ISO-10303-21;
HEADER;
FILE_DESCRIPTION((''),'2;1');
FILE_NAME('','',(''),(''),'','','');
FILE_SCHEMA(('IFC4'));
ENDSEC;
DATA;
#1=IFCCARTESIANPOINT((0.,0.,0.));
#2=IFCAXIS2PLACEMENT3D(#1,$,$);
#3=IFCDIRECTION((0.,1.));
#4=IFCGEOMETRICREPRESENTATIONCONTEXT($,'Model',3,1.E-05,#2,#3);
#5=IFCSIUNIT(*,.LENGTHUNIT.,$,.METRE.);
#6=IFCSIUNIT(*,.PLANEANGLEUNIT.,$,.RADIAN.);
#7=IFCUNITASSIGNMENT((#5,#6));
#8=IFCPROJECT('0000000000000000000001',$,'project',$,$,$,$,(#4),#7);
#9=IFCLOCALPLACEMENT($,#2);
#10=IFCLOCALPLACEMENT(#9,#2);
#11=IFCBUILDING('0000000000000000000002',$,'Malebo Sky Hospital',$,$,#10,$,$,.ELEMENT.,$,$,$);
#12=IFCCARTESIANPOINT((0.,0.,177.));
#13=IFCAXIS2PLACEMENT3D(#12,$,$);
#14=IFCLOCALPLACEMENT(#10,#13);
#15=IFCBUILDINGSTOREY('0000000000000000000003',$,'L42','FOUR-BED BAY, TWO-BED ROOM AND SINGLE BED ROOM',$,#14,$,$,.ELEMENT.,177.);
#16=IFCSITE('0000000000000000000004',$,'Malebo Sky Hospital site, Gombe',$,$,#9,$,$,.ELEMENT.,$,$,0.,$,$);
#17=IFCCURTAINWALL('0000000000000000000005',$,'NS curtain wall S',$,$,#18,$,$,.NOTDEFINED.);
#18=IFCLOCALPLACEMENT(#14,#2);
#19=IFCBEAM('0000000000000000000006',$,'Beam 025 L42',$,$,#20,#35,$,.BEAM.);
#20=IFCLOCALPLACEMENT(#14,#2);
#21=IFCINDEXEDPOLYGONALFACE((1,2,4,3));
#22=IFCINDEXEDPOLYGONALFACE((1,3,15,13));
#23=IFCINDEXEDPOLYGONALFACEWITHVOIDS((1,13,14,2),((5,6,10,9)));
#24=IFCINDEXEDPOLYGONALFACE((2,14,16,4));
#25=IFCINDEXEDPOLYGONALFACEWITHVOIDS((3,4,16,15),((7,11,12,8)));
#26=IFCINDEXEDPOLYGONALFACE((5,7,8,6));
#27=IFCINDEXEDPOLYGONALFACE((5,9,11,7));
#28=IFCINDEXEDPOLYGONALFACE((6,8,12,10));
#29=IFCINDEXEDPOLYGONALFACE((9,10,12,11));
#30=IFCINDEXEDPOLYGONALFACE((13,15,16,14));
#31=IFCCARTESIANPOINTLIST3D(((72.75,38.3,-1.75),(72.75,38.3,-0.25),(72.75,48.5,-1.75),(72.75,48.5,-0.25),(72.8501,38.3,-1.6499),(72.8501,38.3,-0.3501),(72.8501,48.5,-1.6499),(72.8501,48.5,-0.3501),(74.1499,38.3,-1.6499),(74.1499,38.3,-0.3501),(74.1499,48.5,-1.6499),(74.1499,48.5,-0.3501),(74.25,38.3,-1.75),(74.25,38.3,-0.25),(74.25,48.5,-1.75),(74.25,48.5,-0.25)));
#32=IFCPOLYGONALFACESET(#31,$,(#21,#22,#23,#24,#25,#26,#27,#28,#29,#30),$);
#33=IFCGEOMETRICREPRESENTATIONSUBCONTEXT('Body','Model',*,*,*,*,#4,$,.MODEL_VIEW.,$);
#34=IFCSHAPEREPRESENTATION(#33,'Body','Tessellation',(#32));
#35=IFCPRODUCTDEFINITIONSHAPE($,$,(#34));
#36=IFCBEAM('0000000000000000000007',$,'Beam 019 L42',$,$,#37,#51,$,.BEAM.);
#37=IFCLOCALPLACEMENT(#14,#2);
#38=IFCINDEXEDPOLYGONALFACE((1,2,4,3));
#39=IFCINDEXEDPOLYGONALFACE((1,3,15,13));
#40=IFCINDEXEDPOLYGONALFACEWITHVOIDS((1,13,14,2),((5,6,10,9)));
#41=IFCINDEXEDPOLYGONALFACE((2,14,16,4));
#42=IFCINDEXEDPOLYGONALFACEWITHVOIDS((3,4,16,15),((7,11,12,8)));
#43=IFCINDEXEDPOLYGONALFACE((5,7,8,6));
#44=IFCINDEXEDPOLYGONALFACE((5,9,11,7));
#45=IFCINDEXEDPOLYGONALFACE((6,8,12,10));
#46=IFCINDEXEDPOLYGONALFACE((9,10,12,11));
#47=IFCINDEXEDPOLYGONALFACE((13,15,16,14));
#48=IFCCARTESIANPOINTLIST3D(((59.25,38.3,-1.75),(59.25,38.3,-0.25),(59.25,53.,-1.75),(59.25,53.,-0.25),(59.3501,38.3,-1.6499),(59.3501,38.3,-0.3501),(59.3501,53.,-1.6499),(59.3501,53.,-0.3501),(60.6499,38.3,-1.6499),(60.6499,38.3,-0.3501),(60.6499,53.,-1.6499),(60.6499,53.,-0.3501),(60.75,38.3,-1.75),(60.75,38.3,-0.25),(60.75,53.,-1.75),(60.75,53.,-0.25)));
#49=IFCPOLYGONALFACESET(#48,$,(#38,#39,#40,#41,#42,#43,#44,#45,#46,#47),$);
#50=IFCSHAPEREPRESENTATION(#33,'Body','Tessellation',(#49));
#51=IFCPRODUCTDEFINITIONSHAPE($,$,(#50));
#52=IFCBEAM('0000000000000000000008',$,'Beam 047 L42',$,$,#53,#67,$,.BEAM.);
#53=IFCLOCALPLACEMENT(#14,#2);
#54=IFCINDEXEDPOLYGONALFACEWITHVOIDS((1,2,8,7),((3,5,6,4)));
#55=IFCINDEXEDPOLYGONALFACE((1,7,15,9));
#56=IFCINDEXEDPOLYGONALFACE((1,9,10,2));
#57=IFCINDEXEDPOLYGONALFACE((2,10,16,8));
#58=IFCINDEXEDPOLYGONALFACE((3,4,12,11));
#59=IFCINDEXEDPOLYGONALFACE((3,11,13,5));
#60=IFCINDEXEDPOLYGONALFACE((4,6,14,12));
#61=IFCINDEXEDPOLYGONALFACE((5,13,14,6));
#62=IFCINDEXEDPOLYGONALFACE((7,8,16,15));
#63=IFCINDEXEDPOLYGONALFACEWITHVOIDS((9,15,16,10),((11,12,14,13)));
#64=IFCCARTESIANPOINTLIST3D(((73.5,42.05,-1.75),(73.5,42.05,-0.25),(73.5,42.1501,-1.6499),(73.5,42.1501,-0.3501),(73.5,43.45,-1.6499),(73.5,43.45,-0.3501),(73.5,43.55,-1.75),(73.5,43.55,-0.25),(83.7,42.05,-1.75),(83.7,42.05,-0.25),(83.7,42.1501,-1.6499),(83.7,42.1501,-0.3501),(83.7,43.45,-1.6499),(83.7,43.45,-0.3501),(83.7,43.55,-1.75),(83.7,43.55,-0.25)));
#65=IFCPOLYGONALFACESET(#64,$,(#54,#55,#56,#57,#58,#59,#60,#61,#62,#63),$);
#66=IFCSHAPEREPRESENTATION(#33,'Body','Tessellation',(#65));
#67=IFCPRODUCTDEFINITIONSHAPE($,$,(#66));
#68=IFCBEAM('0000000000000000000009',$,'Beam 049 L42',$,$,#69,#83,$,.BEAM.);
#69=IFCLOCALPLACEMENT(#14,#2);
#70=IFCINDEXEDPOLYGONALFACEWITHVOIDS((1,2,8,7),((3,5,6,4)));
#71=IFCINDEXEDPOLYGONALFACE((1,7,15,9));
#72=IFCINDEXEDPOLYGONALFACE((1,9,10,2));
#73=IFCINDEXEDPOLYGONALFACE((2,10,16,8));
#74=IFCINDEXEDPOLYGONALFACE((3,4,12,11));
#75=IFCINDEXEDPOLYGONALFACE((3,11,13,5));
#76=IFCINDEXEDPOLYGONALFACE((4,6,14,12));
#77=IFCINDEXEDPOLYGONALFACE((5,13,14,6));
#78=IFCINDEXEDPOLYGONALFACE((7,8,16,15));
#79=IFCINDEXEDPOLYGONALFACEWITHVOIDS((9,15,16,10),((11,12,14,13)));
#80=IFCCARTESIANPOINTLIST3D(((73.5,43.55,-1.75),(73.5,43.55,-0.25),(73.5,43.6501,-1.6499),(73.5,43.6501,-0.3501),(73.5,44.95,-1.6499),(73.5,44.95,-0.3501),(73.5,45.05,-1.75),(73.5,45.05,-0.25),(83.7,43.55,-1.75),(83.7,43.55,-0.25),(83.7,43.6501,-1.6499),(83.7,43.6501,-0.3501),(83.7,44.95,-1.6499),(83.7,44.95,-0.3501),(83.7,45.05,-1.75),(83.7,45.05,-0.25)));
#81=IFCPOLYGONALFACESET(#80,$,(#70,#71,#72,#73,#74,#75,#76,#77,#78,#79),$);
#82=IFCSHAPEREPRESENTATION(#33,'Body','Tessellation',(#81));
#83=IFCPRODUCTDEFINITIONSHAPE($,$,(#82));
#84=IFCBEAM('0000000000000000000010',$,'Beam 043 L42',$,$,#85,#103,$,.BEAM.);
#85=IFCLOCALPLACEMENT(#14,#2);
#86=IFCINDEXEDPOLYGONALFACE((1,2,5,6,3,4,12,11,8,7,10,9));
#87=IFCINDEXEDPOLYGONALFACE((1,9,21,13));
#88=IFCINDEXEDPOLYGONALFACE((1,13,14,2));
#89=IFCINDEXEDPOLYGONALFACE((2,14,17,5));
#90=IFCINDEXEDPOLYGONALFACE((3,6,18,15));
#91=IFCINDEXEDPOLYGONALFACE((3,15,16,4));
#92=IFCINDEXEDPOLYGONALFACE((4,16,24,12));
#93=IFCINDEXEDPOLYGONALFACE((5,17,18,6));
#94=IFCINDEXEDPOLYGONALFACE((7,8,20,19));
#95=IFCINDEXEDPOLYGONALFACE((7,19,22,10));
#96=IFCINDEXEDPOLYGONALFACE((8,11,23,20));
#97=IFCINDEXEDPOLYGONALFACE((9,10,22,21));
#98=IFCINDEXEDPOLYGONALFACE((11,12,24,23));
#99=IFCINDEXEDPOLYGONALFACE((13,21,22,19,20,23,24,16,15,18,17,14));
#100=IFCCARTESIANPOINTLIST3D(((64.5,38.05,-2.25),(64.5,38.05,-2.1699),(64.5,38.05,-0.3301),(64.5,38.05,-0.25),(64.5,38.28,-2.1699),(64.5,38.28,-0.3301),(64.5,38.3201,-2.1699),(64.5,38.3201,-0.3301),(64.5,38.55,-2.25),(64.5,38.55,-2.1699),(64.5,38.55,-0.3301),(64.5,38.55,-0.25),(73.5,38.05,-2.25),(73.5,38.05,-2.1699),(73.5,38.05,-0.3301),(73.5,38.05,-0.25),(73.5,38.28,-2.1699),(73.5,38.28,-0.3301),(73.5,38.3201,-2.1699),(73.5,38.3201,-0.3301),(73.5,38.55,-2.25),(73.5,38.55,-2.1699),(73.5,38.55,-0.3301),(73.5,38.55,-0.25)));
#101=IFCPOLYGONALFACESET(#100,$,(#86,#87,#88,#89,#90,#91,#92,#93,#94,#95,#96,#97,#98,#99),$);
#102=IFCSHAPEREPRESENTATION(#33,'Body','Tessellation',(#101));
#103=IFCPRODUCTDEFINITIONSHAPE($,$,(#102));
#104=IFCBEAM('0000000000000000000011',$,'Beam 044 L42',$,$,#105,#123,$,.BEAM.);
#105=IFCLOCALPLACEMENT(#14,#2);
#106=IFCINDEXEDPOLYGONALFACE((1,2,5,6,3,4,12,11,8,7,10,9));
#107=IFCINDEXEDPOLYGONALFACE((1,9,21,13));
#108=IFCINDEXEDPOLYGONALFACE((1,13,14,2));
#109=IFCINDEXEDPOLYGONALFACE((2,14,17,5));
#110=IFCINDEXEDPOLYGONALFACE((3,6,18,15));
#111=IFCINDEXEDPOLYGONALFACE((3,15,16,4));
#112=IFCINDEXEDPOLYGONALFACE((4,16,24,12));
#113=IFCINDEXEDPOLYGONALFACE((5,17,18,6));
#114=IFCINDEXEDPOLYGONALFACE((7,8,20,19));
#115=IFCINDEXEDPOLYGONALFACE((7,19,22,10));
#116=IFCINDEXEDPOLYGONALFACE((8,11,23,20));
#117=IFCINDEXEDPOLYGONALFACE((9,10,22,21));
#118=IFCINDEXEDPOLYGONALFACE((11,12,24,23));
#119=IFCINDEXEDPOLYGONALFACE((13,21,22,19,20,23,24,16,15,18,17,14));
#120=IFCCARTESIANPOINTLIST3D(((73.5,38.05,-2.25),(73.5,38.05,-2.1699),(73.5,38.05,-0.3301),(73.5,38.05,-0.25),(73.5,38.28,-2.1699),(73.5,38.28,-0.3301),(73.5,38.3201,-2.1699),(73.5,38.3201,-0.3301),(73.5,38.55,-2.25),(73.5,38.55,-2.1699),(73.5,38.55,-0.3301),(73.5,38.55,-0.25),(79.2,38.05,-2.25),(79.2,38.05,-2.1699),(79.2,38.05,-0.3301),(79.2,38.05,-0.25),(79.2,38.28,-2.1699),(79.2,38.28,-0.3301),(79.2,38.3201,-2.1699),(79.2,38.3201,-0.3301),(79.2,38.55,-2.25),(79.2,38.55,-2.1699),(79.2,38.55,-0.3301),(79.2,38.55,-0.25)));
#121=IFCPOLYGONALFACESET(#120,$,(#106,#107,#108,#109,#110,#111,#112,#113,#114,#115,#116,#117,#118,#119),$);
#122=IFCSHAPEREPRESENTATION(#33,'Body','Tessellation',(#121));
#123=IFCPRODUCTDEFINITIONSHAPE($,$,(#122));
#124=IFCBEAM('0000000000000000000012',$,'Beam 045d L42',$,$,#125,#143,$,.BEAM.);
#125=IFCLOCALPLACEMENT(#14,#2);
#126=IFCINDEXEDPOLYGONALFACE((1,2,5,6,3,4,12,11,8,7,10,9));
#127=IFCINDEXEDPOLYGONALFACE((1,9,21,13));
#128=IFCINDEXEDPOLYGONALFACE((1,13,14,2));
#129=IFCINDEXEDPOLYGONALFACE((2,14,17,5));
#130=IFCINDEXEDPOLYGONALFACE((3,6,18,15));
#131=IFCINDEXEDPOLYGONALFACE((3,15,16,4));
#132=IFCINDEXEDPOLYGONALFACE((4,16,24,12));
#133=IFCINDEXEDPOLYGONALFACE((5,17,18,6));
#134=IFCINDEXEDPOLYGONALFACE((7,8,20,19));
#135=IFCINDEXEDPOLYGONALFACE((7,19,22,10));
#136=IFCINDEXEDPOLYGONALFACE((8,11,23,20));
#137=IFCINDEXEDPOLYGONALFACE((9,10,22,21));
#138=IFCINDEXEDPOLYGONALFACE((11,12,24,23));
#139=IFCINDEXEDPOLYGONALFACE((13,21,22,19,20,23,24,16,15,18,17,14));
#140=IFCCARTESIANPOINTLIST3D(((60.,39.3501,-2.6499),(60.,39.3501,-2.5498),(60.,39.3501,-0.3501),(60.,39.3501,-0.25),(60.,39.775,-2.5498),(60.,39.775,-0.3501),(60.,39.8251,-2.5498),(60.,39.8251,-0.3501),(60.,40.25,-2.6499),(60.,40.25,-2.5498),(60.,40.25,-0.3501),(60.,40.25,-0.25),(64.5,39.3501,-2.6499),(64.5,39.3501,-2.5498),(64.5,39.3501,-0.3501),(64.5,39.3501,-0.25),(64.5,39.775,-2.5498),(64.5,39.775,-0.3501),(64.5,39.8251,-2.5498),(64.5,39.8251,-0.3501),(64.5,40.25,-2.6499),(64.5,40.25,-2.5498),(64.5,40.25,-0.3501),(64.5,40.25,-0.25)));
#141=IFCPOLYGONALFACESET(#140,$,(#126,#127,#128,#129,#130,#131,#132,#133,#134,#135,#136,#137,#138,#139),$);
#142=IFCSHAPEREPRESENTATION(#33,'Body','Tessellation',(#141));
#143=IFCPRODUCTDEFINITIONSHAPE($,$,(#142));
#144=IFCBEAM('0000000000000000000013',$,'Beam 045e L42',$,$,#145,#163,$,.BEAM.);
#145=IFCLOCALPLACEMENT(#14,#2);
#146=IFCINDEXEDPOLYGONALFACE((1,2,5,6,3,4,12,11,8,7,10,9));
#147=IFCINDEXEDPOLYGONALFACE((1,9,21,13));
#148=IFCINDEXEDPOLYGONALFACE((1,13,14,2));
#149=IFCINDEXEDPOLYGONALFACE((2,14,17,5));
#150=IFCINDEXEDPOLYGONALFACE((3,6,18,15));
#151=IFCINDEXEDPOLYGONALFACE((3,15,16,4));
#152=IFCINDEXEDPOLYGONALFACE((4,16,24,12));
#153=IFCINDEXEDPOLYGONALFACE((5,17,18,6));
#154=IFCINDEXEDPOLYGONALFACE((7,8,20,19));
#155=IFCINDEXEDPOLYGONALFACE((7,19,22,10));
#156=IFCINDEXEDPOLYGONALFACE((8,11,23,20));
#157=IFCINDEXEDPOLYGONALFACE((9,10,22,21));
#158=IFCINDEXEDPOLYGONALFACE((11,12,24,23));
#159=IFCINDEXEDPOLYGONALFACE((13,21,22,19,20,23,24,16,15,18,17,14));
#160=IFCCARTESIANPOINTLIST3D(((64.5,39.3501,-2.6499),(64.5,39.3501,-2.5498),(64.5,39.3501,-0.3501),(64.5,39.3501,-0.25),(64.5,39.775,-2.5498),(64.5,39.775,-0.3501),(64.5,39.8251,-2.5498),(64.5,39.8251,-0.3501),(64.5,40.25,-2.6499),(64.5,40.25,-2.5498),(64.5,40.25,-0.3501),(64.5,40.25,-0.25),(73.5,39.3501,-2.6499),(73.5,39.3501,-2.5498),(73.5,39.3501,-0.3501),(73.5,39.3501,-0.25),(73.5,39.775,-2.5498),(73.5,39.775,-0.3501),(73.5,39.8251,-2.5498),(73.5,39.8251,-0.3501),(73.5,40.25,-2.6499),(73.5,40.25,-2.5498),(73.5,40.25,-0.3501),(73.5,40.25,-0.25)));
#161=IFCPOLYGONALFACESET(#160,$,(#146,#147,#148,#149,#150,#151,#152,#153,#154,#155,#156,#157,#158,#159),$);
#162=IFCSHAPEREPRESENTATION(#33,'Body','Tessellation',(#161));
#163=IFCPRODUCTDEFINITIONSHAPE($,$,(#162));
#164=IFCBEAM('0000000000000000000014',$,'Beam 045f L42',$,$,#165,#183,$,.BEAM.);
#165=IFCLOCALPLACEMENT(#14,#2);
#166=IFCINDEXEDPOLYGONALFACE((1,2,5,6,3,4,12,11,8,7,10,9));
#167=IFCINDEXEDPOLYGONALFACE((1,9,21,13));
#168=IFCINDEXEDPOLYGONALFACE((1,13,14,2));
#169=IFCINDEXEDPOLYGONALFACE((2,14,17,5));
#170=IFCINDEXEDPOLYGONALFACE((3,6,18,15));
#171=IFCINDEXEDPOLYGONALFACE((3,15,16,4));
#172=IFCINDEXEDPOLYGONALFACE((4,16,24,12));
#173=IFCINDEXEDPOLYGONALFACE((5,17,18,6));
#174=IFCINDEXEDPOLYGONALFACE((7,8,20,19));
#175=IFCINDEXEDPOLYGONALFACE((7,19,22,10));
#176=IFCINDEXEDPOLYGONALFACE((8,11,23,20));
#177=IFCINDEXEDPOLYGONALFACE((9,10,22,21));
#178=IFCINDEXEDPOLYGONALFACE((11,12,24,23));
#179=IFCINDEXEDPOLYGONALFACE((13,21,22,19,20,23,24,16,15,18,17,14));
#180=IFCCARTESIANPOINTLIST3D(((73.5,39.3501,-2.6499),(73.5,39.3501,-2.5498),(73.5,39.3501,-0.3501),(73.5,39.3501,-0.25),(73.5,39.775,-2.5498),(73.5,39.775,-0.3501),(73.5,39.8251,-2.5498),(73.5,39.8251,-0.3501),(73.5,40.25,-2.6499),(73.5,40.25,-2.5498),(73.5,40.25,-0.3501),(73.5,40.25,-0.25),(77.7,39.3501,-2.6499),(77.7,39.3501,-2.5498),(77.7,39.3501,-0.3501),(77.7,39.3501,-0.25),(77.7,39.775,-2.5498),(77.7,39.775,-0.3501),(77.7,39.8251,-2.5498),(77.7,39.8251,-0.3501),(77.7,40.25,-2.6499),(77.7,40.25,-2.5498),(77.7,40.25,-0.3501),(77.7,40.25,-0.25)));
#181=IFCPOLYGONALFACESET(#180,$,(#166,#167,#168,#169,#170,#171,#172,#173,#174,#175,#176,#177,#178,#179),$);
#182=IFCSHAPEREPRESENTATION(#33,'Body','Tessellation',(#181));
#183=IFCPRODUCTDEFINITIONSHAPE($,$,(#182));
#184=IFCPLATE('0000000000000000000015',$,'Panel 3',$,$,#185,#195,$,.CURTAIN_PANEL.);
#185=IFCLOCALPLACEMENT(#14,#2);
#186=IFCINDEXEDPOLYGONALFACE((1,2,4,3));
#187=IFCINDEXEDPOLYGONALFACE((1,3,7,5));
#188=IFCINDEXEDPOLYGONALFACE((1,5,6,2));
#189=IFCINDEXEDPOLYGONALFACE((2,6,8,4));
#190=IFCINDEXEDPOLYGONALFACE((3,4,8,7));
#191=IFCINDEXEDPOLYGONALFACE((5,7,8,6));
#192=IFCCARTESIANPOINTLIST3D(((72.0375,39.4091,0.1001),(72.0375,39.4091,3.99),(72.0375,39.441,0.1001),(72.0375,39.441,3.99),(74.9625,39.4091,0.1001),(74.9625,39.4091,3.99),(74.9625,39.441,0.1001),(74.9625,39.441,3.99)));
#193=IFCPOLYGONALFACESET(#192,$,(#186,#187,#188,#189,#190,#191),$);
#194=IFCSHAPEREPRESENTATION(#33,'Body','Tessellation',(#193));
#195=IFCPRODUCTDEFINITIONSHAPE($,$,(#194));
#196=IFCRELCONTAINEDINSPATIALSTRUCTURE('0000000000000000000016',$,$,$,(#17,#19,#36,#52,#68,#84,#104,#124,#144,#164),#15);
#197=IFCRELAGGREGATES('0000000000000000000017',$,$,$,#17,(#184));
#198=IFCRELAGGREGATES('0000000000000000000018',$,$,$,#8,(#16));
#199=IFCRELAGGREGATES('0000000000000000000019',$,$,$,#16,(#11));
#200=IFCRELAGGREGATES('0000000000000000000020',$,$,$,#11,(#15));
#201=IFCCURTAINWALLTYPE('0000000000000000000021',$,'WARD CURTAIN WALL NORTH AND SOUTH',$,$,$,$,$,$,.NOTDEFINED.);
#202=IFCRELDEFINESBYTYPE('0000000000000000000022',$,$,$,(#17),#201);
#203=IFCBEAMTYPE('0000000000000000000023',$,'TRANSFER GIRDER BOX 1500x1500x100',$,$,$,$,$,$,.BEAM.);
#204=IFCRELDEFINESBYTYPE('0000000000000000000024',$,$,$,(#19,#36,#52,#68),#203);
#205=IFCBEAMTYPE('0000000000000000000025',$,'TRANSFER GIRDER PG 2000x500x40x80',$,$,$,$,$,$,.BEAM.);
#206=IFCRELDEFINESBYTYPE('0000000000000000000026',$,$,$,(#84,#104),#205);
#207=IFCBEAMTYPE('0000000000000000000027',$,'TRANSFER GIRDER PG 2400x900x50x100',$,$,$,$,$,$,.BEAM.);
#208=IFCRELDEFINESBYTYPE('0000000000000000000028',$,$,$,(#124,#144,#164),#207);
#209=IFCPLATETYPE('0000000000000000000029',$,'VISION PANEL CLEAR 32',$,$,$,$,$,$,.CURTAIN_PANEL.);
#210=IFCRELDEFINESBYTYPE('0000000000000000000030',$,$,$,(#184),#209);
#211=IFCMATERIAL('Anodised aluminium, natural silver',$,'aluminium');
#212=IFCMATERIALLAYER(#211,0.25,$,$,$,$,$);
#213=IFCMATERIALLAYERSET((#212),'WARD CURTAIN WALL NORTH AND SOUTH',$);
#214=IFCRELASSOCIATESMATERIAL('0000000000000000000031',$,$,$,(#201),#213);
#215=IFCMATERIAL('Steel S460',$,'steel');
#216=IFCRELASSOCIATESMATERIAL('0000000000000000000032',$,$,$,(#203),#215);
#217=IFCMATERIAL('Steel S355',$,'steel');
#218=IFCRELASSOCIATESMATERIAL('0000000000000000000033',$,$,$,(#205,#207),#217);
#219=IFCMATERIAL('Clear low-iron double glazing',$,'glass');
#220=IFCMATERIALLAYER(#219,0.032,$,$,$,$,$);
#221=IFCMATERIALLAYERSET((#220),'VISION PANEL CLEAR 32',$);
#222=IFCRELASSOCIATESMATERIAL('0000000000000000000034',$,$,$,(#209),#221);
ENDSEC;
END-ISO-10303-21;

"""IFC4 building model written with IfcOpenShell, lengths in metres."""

from ifc_helpers import new_model, si_unit, direction, frame, origin, origin_2d, place, context, subcontext, project, spatial, rectangle, hollow_rectangle, i_section, extrude, material, layer, layer_set, material_profile, profile_set, type_object, element, aggregate, save


model = new_model("IFC4")

# Units and contexts
model_context = context("Model", 3, precision=1e-05, world=origin(), true_north=direction((0.0, 1.0)))
body_context = subcontext(model_context, "Body", "Model", "MODEL_VIEW")
ifc_project = project(units=[si_unit("LENGTHUNIT", "METRE"), si_unit("PLANEANGLEUNIT", "RADIAN")], contexts=[model_context])

# Site, building, storey
site_placement = place(None, origin())
site = spatial("IfcSite", under=ifc_project, at=site_placement, Name="Malebo Sky Hospital site, Gombe", CompositionType="ELEMENT", RefElevation=0.0)
building_placement = place(site_placement, origin())
building = spatial("IfcBuilding", under=site, at=building_placement, Name="Malebo Sky Hospital", CompositionType="ELEMENT")
storey_placement = place(building_placement, frame((0.0, 0.0, 177.0)))
storey = spatial("IfcBuildingStorey", under=building, at=storey_placement, Name="L42", Description="FOUR-BED BAY, TWO-BED ROOM AND SINGLE BED ROOM", CompositionType="ELEMENT", Elevation=177.0)

# Shared definitions
ifc_material_1 = material(Name="Steel S460", Category="steel")

# Curtain wall
ifc_material_2 = material(Name="Anodised aluminium, natural silver", Category="aluminium")
ifc_layer_1 = layer(ifc_material_2, 0.25)
ifc_layer_set_1 = layer_set([ifc_layer_1], Name="WARD CURTAIN WALL NORTH AND SOUTH")
curtain_wall_type = type_object("IfcCurtainWallType", Name="WARD CURTAIN WALL NORTH AND SOUTH", PredefinedType="NOTDEFINED", material=ifc_layer_set_1)
curtain_wall_placement = place(storey_placement, origin())
curtain_wall = element("IfcCurtainWall", 1, at=curtain_wall_placement, inside=storey, type_object=curtain_wall_type, Name="NS curtain wall S", PredefinedType="NOTDEFINED")

# Beams
ifc_material_profile_1 = material_profile(ifc_material_1, hollow_rectangle(XDim=1.5, YDim=1.5, WallThickness=0.1001, at=origin_2d()), Name="BOX 1500x1500x100")
ifc_profile_set_1 = profile_set([ifc_material_profile_1], Name="Steel S460")
beam_type_1 = type_object("IfcBeamType", Name="TRANSFER GIRDER BOX 1500x1500x100", PredefinedType="BEAM", material=ifc_profile_set_1)
for number, where, z_axis, x_axis, name in (
    (2, (73.5, 38.3, -1.0), (0.0, 1.0, 0.0), (-1.0, 0.0, 0.0), "Beam 025 L42"),
):
    element("IfcBeam", number, at=place(storey_placement, frame(where, z_axis=z_axis, x_axis=x_axis)), inside=storey, type_object=beam_type_1, Name=name, PredefinedType="BEAM", context=body_context, shape_type="SweptSolid", body=[
        extrude(hollow_rectangle(XDim=1.5, YDim=1.5, WallThickness=0.1001, at=origin_2d()), origin(), (0.0, 0.0, 1.0), 10.2),
    ])
beam_1_placement = place(storey_placement, frame((60.0, 38.3, -1.0), z_axis=(0.0, 1.0, 0.0), x_axis=(-1.0, 0.0, 0.0)))
element("IfcBeam", 3, at=beam_1_placement, inside=storey, type_object=beam_type_1, Name="Beam 019 L42", PredefinedType="BEAM", context=body_context, shape_type="SweptSolid", body=[
    extrude(hollow_rectangle(XDim=1.5, YDim=1.5, WallThickness=0.1001, at=origin_2d()), origin(), (0.0, 0.0, 1.0), 14.7),
])
for number, where, z_axis, x_axis, name in (
    (4, (73.5, 42.8, -1.0), (1.0, 0.0, 0.0), (0.0, 1.0, 0.0), "Beam 047 L42"),
    (5, (73.5, 44.3, -1.0), (1.0, 0.0, 0.0), (0.0, 1.0, 0.0), "Beam 049 L42"),
):
    element("IfcBeam", number, at=place(storey_placement, frame(where, z_axis=z_axis, x_axis=x_axis)), inside=storey, type_object=beam_type_1, Name=name, PredefinedType="BEAM", context=body_context, shape_type="SweptSolid", body=[
        extrude(hollow_rectangle(XDim=1.5, YDim=1.5, WallThickness=0.1001, at=origin_2d()), origin(), (0.0, 0.0, 1.0), 10.2),
    ])
ifc_material_3 = material(Name="Steel S355", Category="steel")
ifc_material_profile_2 = material_profile(ifc_material_3, i_section(OverallWidth=0.5, OverallDepth=2.0, WebThickness=0.04, FlangeThickness=0.0801, at=origin_2d()), Name="PG 2000x500x40x80")
ifc_profile_set_2 = profile_set([ifc_material_profile_2], Name="Steel S355")
beam_type_2 = type_object("IfcBeamType", Name="TRANSFER GIRDER PG 2000x500x40x80", PredefinedType="BEAM", material=ifc_profile_set_2)
beam_2_placement = place(storey_placement, frame((64.5, 38.3, -1.25), z_axis=(1.0, 0.0, 0.0), x_axis=(0.0, 1.0, 0.0)))
element("IfcBeam", 6, at=beam_2_placement, inside=storey, type_object=beam_type_2, Name="Beam 043 L42", PredefinedType="BEAM", context=body_context, shape_type="SweptSolid", body=[
    extrude(i_section(OverallWidth=0.5, OverallDepth=2.0, WebThickness=0.04, FlangeThickness=0.0801, at=origin_2d()), origin(), (0.0, 0.0, 1.0), 9.0),
])
beam_3_placement = place(storey_placement, frame((73.5, 38.3, -1.25), z_axis=(1.0, 0.0, 0.0), x_axis=(0.0, 1.0, 0.0)))
element("IfcBeam", 7, at=beam_3_placement, inside=storey, type_object=beam_type_2, Name="Beam 044 L42", PredefinedType="BEAM", context=body_context, shape_type="SweptSolid", body=[
    extrude(i_section(OverallWidth=0.5, OverallDepth=2.0, WebThickness=0.04, FlangeThickness=0.0801, at=origin_2d()), origin(), (0.0, 0.0, 1.0), 5.7),
])
ifc_material_profile_3 = material_profile(ifc_material_3, i_section(OverallWidth=0.8999, OverallDepth=2.3999, WebThickness=0.05, FlangeThickness=0.1001, at=origin_2d()), Name="PG 2400x900x50x100")
ifc_profile_set_3 = profile_set([ifc_material_profile_3], Name="Steel S355")
beam_type_3 = type_object("IfcBeamType", Name="TRANSFER GIRDER PG 2400x900x50x100", PredefinedType="BEAM", material=ifc_profile_set_3)
beam_4_placement = place(storey_placement, frame((60.0, 39.8, -1.45), z_axis=(1.0, 0.0, 0.0), x_axis=(0.0, 1.0, 0.0)))
element("IfcBeam", 8, at=beam_4_placement, inside=storey, type_object=beam_type_3, Name="Beam 045d L42", PredefinedType="BEAM", context=body_context, shape_type="SweptSolid", body=[
    extrude(i_section(OverallWidth=0.8999, OverallDepth=2.3999, WebThickness=0.05, FlangeThickness=0.1001, at=origin_2d()), origin(), (0.0, 0.0, 1.0), 4.5),
])
beam_5_placement = place(storey_placement, frame((64.5, 39.8, -1.45), z_axis=(1.0, 0.0, 0.0), x_axis=(0.0, 1.0, 0.0)))
element("IfcBeam", 9, at=beam_5_placement, inside=storey, type_object=beam_type_3, Name="Beam 045e L42", PredefinedType="BEAM", context=body_context, shape_type="SweptSolid", body=[
    extrude(i_section(OverallWidth=0.8999, OverallDepth=2.3999, WebThickness=0.05, FlangeThickness=0.1001, at=origin_2d()), origin(), (0.0, 0.0, 1.0), 9.0),
])
beam_6_placement = place(storey_placement, frame((73.5, 39.8, -1.45), z_axis=(1.0, 0.0, 0.0), x_axis=(0.0, 1.0, 0.0)))
element("IfcBeam", 10, at=beam_6_placement, inside=storey, type_object=beam_type_3, Name="Beam 045f L42", PredefinedType="BEAM", context=body_context, shape_type="SweptSolid", body=[
    extrude(i_section(OverallWidth=0.8999, OverallDepth=2.3999, WebThickness=0.05, FlangeThickness=0.1001, at=origin_2d()), origin(), (0.0, 0.0, 1.0), 4.2),
])

# Plate
ifc_material_4 = material(Name="Clear low-iron double glazing", Category="glass")
ifc_layer_2 = layer(ifc_material_4, 0.032)
ifc_layer_set_2 = layer_set([ifc_layer_2], Name="VISION PANEL CLEAR 32")
plate_type = type_object("IfcPlateType", Name="VISION PANEL CLEAR 32", PredefinedType="CURTAIN_PANEL", material=ifc_layer_set_2)
plate_1_placement = place(storey_placement, frame((73.5, 39.425, 0.1001), z_axis=(0.0, 0.0, 1.0), x_axis=(-1.0, 0.0, 0.0)))
plate_1 = element("IfcPlate", 11, at=plate_1_placement, type_object=plate_type, Name="Panel 3", PredefinedType="CURTAIN_PANEL", context=body_context, shape_type="SweptSolid", body=[
    extrude(rectangle(XDim=2.925, YDim=0.032, at=origin_2d()), origin(), (0.0, 0.0, 1.0), 3.8899),
])
aggregate(curtain_wall, [plate_1])

save(model, "model.ifc")
